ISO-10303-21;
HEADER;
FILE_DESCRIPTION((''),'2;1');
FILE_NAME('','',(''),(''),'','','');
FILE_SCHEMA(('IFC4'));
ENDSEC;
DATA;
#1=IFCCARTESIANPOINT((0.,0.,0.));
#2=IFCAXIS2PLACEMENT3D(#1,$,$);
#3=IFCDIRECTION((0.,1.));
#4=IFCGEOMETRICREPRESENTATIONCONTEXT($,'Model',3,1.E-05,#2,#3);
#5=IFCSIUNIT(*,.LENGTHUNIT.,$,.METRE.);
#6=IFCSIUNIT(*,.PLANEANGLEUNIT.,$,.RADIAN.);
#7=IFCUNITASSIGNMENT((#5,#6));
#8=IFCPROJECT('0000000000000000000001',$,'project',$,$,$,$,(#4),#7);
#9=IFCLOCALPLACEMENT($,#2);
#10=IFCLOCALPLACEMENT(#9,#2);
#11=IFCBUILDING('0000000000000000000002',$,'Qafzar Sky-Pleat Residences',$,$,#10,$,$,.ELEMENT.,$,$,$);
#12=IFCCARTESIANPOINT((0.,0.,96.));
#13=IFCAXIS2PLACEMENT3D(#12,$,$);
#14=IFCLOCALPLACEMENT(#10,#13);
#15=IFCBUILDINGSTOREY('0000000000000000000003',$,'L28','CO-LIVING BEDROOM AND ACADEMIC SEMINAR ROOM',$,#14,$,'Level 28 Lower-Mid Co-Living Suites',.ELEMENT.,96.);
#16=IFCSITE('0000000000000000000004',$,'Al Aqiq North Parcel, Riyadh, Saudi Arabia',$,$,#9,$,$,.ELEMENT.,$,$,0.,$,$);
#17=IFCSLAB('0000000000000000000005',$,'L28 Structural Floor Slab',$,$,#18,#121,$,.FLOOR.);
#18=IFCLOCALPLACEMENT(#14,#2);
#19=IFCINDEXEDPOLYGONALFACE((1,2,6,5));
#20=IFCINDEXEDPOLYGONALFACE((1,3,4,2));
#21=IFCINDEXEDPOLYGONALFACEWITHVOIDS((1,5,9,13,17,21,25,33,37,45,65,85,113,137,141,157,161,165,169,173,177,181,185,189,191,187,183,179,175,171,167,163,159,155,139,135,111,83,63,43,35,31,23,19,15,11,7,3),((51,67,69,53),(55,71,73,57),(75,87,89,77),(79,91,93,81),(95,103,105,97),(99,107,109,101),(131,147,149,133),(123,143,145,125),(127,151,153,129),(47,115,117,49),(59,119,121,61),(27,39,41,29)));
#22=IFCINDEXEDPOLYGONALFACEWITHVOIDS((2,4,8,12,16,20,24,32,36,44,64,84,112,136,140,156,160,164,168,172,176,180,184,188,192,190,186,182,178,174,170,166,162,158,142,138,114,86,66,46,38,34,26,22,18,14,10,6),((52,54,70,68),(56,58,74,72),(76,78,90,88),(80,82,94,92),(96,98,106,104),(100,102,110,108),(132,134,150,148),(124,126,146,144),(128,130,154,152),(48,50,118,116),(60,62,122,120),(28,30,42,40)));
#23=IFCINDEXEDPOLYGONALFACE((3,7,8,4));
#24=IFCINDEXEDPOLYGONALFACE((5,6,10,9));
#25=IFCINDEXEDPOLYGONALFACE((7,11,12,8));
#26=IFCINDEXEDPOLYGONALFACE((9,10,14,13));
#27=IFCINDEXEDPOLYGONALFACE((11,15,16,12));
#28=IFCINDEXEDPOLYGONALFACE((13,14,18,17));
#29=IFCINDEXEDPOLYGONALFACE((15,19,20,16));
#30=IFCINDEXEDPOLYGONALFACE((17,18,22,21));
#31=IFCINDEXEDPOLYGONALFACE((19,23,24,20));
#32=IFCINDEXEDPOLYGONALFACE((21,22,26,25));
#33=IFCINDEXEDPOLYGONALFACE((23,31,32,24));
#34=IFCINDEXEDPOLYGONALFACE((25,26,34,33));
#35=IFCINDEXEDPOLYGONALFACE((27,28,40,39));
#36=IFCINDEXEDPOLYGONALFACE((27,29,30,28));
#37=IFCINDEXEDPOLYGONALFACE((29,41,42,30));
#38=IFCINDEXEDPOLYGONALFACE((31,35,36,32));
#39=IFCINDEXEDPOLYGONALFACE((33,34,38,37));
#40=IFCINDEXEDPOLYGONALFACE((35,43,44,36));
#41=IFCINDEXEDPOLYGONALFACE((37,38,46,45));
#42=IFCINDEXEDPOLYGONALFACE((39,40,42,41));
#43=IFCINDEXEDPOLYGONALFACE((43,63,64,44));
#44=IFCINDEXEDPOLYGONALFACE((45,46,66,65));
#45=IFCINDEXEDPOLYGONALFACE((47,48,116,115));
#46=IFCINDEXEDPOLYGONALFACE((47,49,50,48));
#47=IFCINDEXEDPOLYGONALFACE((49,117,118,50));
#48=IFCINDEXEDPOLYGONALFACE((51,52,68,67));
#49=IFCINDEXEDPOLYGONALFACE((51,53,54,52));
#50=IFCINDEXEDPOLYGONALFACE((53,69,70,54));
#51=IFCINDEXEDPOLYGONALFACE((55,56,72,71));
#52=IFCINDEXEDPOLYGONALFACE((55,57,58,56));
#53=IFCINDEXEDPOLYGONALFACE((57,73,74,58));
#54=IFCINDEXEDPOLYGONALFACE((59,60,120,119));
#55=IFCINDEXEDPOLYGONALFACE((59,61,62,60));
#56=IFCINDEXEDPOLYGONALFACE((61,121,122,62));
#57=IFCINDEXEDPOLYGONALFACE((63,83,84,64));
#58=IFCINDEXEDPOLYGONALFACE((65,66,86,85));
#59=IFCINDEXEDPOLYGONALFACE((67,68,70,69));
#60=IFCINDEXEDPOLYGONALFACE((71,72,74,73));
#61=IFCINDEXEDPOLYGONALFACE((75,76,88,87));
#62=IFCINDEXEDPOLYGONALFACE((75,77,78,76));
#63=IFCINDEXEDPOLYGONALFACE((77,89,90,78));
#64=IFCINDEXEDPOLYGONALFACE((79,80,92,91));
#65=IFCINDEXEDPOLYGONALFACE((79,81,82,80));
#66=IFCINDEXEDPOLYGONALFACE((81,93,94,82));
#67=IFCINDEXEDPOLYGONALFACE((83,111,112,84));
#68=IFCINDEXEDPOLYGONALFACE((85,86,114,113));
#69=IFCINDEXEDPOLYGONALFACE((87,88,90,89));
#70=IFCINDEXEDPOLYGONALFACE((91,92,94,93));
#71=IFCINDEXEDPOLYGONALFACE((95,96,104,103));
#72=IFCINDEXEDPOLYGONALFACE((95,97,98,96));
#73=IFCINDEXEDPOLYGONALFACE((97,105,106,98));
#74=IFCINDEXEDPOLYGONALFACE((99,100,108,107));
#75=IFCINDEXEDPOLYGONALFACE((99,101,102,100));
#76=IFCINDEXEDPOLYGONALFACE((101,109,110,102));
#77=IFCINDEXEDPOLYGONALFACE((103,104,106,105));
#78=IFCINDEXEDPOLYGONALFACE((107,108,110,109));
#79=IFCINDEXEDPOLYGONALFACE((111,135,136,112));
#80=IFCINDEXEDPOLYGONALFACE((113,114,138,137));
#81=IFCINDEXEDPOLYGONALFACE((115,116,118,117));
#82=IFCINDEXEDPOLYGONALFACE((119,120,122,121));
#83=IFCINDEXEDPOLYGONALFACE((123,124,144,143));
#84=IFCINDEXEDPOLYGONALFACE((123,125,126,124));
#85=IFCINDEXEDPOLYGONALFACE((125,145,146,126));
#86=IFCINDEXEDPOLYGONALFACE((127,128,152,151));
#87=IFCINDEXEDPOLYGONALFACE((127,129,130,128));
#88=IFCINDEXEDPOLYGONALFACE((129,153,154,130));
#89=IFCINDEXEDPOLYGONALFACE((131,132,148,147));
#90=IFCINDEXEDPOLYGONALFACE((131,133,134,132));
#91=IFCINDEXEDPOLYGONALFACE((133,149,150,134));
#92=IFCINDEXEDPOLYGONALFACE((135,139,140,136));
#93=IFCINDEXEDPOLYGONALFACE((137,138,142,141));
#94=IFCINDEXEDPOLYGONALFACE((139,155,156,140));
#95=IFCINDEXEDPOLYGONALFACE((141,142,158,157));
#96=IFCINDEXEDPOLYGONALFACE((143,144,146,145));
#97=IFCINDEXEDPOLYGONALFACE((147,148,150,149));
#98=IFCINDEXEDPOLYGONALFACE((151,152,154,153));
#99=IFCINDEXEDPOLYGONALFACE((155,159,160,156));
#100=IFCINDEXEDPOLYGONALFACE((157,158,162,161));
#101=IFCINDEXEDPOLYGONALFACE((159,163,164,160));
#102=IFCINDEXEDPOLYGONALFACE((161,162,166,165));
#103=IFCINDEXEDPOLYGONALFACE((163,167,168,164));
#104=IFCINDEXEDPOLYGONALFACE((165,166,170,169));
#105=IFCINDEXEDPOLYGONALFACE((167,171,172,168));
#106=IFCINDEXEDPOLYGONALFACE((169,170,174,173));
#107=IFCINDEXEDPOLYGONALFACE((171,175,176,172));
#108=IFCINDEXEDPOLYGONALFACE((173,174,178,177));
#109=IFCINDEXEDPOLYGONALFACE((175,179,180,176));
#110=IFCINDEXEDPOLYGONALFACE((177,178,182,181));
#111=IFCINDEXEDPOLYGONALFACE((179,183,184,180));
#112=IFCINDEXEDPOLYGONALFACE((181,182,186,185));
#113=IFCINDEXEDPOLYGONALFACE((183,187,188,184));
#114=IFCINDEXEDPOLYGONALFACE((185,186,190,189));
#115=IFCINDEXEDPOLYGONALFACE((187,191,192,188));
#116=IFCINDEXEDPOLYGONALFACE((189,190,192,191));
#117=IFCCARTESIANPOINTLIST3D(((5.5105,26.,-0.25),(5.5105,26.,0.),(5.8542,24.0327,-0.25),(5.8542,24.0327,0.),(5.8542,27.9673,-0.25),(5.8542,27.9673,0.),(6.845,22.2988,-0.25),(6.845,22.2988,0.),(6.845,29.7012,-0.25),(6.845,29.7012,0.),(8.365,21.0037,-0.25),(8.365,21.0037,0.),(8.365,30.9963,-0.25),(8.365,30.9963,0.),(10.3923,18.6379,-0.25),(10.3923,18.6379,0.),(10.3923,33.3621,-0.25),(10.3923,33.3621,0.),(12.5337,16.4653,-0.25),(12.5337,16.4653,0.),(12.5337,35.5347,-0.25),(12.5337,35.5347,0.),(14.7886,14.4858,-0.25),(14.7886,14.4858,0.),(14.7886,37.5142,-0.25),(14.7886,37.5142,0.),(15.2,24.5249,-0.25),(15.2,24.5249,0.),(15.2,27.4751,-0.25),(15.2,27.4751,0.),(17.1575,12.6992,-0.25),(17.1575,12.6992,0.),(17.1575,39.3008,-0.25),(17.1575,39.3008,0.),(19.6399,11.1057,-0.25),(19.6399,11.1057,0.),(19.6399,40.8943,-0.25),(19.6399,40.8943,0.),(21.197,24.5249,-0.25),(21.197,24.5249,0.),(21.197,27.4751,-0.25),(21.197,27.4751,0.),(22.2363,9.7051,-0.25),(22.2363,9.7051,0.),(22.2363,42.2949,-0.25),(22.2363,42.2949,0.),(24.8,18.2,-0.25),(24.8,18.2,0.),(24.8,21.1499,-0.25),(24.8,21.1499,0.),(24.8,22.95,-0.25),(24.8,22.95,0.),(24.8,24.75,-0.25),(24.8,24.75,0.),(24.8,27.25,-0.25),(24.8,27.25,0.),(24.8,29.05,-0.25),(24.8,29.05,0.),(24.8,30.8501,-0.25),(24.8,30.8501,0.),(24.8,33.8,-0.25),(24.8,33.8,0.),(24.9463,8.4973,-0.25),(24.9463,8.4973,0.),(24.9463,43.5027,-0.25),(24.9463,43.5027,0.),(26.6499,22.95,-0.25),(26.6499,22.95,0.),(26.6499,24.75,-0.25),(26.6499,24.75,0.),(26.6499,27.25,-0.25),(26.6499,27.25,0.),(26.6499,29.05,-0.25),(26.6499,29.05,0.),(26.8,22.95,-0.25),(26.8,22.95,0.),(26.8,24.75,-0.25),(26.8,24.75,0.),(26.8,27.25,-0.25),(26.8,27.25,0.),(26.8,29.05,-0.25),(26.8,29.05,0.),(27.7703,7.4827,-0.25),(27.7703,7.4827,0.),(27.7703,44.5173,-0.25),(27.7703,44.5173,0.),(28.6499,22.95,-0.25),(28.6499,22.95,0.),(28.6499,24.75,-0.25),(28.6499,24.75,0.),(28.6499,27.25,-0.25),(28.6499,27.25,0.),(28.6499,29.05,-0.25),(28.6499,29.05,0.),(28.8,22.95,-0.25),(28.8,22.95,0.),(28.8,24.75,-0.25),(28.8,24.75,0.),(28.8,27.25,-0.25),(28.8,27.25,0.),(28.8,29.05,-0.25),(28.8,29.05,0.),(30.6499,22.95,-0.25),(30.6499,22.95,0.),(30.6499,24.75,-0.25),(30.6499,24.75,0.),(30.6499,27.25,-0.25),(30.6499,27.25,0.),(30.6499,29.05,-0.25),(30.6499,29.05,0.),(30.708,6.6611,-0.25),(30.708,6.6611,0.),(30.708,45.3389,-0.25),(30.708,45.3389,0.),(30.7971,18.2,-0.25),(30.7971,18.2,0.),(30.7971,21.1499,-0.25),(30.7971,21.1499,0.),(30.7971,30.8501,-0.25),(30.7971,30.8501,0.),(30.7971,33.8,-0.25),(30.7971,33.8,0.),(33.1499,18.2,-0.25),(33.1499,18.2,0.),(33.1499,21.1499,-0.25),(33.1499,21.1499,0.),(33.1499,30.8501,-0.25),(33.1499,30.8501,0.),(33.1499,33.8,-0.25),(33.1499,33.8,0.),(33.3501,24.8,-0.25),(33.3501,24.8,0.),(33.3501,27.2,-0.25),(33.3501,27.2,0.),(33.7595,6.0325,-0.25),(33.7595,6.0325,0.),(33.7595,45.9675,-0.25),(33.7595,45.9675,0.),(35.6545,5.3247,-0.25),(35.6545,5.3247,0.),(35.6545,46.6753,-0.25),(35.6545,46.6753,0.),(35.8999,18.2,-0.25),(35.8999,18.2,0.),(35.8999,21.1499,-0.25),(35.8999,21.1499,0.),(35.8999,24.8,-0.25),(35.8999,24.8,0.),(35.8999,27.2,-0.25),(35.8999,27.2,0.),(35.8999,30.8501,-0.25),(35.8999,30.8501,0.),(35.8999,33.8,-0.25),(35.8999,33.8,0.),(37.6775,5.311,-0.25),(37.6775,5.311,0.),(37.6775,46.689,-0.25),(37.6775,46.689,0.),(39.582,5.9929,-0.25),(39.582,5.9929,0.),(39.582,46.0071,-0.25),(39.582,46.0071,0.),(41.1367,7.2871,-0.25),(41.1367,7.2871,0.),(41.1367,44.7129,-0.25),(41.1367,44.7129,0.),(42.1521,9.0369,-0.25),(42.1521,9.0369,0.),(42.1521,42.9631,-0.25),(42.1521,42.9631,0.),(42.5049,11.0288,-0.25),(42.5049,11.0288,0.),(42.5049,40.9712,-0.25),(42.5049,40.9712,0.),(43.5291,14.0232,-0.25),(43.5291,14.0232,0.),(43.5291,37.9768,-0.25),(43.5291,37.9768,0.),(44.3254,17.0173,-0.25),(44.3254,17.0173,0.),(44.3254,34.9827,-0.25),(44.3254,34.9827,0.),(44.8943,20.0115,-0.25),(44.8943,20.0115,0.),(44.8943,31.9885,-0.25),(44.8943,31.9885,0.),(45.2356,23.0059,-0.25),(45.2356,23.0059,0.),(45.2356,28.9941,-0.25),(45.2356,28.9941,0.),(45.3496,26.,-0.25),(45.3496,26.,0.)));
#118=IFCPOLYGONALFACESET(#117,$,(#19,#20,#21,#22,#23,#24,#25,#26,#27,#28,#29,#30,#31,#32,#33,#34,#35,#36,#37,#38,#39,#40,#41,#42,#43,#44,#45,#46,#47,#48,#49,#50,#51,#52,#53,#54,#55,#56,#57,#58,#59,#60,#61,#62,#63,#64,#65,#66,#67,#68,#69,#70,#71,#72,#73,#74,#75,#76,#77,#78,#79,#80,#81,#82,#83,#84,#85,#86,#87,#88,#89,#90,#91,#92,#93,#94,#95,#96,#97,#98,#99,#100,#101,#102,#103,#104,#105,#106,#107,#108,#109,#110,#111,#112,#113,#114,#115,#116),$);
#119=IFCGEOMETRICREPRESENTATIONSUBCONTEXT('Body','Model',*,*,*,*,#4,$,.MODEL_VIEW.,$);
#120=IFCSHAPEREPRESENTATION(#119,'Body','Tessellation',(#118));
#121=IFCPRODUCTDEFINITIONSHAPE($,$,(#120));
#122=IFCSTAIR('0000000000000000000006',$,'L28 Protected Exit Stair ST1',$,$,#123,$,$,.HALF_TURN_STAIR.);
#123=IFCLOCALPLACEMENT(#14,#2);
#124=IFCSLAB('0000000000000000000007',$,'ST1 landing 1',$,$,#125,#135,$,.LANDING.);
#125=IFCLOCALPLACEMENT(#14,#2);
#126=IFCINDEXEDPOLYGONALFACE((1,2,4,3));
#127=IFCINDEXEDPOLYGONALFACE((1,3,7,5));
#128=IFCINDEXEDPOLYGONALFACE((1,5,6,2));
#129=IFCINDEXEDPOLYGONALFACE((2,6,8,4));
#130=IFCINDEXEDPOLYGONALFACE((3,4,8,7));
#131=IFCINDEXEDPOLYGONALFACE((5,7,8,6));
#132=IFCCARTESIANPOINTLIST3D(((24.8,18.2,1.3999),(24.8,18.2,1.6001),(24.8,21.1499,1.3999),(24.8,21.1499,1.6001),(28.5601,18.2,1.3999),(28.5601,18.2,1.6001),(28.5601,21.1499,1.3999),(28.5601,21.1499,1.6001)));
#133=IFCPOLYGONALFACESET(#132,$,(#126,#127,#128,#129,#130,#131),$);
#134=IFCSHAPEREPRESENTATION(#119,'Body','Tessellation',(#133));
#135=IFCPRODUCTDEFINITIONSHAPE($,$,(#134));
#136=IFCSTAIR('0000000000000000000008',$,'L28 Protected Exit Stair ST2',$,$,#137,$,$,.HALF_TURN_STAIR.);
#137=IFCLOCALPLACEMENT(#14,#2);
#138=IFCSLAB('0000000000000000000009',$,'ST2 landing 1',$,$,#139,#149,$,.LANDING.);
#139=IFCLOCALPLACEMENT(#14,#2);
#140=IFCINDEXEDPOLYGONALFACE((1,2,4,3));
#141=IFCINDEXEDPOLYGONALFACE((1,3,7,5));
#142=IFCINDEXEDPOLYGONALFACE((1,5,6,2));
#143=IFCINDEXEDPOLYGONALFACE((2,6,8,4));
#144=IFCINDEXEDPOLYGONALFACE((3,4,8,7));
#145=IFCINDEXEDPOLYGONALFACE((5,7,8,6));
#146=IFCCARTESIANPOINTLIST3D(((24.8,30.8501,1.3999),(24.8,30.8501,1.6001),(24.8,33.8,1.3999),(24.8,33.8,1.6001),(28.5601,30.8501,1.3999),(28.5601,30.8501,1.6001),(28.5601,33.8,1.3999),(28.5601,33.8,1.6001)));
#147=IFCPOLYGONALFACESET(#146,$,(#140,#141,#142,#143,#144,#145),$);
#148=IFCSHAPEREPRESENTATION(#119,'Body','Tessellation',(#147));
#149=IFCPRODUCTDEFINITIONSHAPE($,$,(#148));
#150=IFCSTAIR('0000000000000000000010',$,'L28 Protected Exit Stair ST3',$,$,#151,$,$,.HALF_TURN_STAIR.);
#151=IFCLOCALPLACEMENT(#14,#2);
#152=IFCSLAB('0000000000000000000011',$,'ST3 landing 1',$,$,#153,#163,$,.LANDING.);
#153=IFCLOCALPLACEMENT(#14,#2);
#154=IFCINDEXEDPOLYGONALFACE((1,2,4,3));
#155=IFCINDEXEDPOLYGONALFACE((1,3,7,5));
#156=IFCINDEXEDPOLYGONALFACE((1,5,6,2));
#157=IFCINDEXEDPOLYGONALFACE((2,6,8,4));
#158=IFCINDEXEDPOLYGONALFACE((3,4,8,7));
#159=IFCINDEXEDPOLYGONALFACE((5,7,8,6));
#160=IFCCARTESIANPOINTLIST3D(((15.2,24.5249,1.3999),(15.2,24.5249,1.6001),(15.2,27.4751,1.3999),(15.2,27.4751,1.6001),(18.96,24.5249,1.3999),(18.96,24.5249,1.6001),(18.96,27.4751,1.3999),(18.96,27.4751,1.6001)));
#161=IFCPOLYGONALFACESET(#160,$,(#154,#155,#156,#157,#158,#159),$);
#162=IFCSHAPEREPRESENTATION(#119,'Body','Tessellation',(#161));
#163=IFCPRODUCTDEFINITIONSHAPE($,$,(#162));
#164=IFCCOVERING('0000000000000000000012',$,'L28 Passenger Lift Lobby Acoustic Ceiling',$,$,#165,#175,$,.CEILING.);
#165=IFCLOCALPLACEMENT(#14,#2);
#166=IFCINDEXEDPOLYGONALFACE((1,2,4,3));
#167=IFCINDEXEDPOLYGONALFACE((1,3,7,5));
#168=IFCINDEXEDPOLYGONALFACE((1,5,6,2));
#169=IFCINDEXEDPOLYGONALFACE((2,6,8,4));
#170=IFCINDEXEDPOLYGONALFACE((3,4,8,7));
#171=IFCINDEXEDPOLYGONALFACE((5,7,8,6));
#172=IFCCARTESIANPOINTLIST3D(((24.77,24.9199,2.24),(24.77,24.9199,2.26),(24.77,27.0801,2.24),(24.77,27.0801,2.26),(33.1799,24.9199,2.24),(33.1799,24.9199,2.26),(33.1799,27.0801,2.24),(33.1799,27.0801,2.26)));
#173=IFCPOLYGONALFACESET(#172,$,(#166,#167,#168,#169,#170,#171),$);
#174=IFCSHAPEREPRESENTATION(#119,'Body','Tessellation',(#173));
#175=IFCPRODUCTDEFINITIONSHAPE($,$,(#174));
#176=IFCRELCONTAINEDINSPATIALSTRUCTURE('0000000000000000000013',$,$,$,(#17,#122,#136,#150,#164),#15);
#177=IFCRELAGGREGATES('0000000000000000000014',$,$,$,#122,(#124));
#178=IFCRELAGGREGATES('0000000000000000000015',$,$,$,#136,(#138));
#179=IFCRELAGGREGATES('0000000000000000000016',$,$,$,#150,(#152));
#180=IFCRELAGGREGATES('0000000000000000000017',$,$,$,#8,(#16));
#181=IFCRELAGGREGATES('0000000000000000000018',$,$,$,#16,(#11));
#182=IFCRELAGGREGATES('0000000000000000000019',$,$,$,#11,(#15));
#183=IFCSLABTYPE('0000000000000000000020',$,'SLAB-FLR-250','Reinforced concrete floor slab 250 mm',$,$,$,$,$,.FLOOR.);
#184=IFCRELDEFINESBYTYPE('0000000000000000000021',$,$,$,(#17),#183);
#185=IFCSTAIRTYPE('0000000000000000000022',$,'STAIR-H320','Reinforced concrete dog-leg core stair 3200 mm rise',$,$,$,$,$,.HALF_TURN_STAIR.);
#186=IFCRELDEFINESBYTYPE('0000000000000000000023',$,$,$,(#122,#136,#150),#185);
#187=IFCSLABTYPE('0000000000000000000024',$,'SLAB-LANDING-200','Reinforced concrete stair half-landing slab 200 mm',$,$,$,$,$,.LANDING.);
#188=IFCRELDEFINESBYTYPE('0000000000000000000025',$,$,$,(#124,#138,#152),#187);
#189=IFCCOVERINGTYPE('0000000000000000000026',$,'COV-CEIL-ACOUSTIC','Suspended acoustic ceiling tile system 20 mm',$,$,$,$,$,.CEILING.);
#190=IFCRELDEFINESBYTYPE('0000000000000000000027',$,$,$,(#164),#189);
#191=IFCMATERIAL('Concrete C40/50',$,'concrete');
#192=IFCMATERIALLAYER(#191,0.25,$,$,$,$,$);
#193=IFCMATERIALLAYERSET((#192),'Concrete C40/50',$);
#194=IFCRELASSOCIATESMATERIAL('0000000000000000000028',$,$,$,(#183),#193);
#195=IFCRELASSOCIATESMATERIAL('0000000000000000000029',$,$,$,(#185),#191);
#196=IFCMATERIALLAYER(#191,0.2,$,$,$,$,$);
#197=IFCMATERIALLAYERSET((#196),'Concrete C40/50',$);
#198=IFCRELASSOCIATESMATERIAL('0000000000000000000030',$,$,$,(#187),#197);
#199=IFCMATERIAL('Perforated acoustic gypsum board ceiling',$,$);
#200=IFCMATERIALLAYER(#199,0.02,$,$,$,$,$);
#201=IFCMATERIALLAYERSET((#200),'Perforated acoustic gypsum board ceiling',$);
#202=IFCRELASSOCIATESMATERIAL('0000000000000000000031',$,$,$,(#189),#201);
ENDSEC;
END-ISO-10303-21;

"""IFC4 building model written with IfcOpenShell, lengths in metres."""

from ifc_helpers import new_model, si_unit, direction, frame, origin, place, context, subcontext, project, spatial, polyline, outline, extrude, material, layer, layer_set, type_object, element, aggregate, save


model = new_model("IFC4")

# Units and contexts
model_context = context("Model", 3, precision=1e-05, world=origin(), true_north=direction((0.0, 1.0)))
body_context = subcontext(model_context, "Body", "Model", "MODEL_VIEW")
ifc_project = project(units=[si_unit("LENGTHUNIT", "METRE"), si_unit("PLANEANGLEUNIT", "RADIAN")], contexts=[model_context])

# Site, building, storey
site_placement = place(None, origin())
site = spatial("IfcSite", under=ifc_project, at=site_placement, Name="Al Aqiq North Parcel, Riyadh, Saudi Arabia", CompositionType="ELEMENT", RefElevation=0.0)
building_placement = place(site_placement, origin())
building = spatial("IfcBuilding", under=site, at=building_placement, Name="Qafzar Sky-Pleat Residences", CompositionType="ELEMENT")
storey_placement = place(building_placement, frame((0.0, 0.0, 96.0)))
storey = spatial("IfcBuildingStorey", under=building, at=storey_placement, Name="L28", Description="CO-LIVING BEDROOM AND ACADEMIC SEMINAR ROOM", LongName="Level 28 Lower-Mid Co-Living Suites", CompositionType="ELEMENT", Elevation=96.0)

# Slab
ifc_material_1 = material(Name="Concrete C40/50", Category="concrete")
ifc_layer_1 = layer(ifc_material_1, 0.25)
ifc_layer_set_1 = layer_set([ifc_layer_1], Name="Concrete C40/50")
slab_type_1 = type_object("IfcSlabType", Name="SLAB-FLR-250", Description="Reinforced concrete floor slab 250 mm", PredefinedType="FLOOR", material=ifc_layer_set_1)
slab_1_placement = place(storey_placement, frame((0.0, 0.0, -0.25)))
element("IfcSlab", 1, at=slab_1_placement, inside=storey, type_object=slab_type_1, Name="L28 Structural Floor Slab", PredefinedType="FLOOR", context=body_context, shape_type="SweptSolid", body=[
    extrude(outline(polyline([(8.365, 30.9963), (6.845, 29.7012), (5.8542, 27.9673), (5.5105, 26.0), (5.8542, 24.0327), (6.845, 22.2988), (8.365, 21.0037), (10.3923, 18.6379), (12.5337, 16.4653), (14.7886, 14.4858), (17.1575, 12.6992), (19.6399, 11.1057), (22.2363, 9.7051), (24.9463, 8.4973), (27.7703, 7.4827), (30.708, 6.6611), (33.7595, 6.0325), (35.6545, 5.3247), (37.6775, 5.311), (39.582, 5.9929), (41.1367, 7.2871), (42.1521, 9.0369), (42.5049, 11.0288), (43.5291, 14.0232), (44.3254, 17.0173), (44.8943, 20.0115), (45.2356, 23.0059), (45.3496, 26.0), (45.2356, 28.9941), (44.8943, 31.9885), (44.3254, 34.9827), (43.5291, 37.9768), (42.5049, 40.9712), (42.1521, 42.9631), (41.1367, 44.7129), (39.582, 46.0071), (37.6775, 46.689), (35.6545, 46.6753), (33.7595, 45.9675), (30.708, 45.3389), (27.7703, 44.5173), (24.9463, 43.5027), (22.2363, 42.2949), (19.6399, 40.8943), (17.1575, 39.3008), (14.7886, 37.5142), (12.5337, 35.5347), (10.3923, 33.3621), (8.365, 30.9963)]), holes=[polyline([(30.7971, 21.1499), (24.8, 21.1499), (24.8, 18.2), (30.7971, 18.2), (30.7971, 21.1499)]), polyline([(30.7971, 33.8), (24.8, 33.8), (24.8, 30.8501), (30.7971, 30.8501), (30.7971, 33.8)]), polyline([(21.197, 27.4751), (15.2, 27.4751), (15.2, 24.5249), (21.197, 24.5249), (21.197, 27.4751)]), polyline([(24.8, 22.95), (26.6499, 22.95), (26.6499, 24.75), (24.8, 24.75), (24.8, 22.95)]), polyline([(26.8, 22.95), (28.6499, 22.95), (28.6499, 24.75), (26.8, 24.75), (26.8, 22.95)]), polyline([(28.8, 22.95), (30.6499, 22.95), (30.6499, 24.75), (28.8, 24.75), (28.8, 22.95)]), polyline([(24.8, 27.25), (26.6499, 27.25), (26.6499, 29.05), (24.8, 29.05), (24.8, 27.25)]), polyline([(26.8, 27.25), (28.6499, 27.25), (28.6499, 29.05), (26.8, 29.05), (26.8, 27.25)]), polyline([(28.8, 27.25), (30.6499, 27.25), (30.6499, 29.05), (28.8, 29.05), (28.8, 27.25)]), polyline([(33.1499, 18.2), (35.8999, 18.2), (35.8999, 21.1499), (33.1499, 21.1499), (33.1499, 18.2)]), polyline([(33.1499, 30.8501), (35.8999, 30.8501), (35.8999, 33.8), (33.1499, 33.8), (33.1499, 30.8501)]), polyline([(33.3501, 24.8), (35.8999, 24.8), (35.8999, 27.2), (33.3501, 27.2), (33.3501, 24.8)])]), origin(), (0.0, 0.0, 1.0), 0.25),
])

# Stairs, slabs
stair_type = type_object("IfcStairType", Name="STAIR-H320", Description="Reinforced concrete dog-leg core stair 3200 mm rise", PredefinedType="HALF_TURN_STAIR", material=ifc_material_1)
stair_1_placement = place(storey_placement, origin())
stair_1 = element("IfcStair", 2, at=stair_1_placement, inside=storey, type_object=stair_type, Name="L28 Protected Exit Stair ST1", PredefinedType="HALF_TURN_STAIR")
ifc_layer_2 = layer(ifc_material_1, 0.2)
ifc_layer_set_2 = layer_set([ifc_layer_2], Name="Concrete C40/50")
slab_type_2 = type_object("IfcSlabType", Name="SLAB-LANDING-200", Description="Reinforced concrete stair half-landing slab 200 mm", PredefinedType="LANDING", material=ifc_layer_set_2)
slab_2_placement = place(storey_placement, frame((0.0, 0.0, 1.3999)))
slab_2 = element("IfcSlab", 3, at=slab_2_placement, type_object=slab_type_2, Name="ST1 landing 1", PredefinedType="LANDING", context=body_context, shape_type="SweptSolid", body=[
    extrude(outline(polyline([(28.5601, 21.1499), (24.8, 21.1499), (24.8, 18.2), (28.5601, 18.2), (28.5601, 21.1499)])), origin(), (0.0, 0.0, 1.0), 0.2002),
])
aggregate(stair_1, [slab_2])
stair_2_placement = place(storey_placement, origin())
stair_2 = element("IfcStair", 4, at=stair_2_placement, inside=storey, type_object=stair_type, Name="L28 Protected Exit Stair ST2", PredefinedType="HALF_TURN_STAIR")
slab_3_placement = place(storey_placement, frame((0.0, 0.0, 1.3999)))
slab_3 = element("IfcSlab", 5, at=slab_3_placement, type_object=slab_type_2, Name="ST2 landing 1", PredefinedType="LANDING", context=body_context, shape_type="SweptSolid", body=[
    extrude(outline(polyline([(28.5601, 33.8), (24.8, 33.8), (24.8, 30.8501), (28.5601, 30.8501), (28.5601, 33.8)])), origin(), (0.0, 0.0, 1.0), 0.2002),
])
aggregate(stair_2, [slab_3])
stair_3_placement = place(storey_placement, origin())
stair_3 = element("IfcStair", 6, at=stair_3_placement, inside=storey, type_object=stair_type, Name="L28 Protected Exit Stair ST3", PredefinedType="HALF_TURN_STAIR")
slab_4_placement = place(storey_placement, frame((0.0, 0.0, 1.3999)))
slab_4 = element("IfcSlab", 7, at=slab_4_placement, type_object=slab_type_2, Name="ST3 landing 1", PredefinedType="LANDING", context=body_context, shape_type="SweptSolid", body=[
    extrude(outline(polyline([(18.96, 27.4751), (15.2, 27.4751), (15.2, 24.5249), (18.96, 24.5249), (18.96, 27.4751)])), origin(), (0.0, 0.0, 1.0), 0.2002),
])
aggregate(stair_3, [slab_4])

# Covering
ifc_material_2 = material(Name="Perforated acoustic gypsum board ceiling")
ifc_layer_3 = layer(ifc_material_2, 0.02)
ifc_layer_set_3 = layer_set([ifc_layer_3], Name="Perforated acoustic gypsum board ceiling")
covering_type_1 = type_object("IfcCoveringType", Name="COV-CEIL-ACOUSTIC", Description="Suspended acoustic ceiling tile system 20 mm", PredefinedType="CEILING", material=ifc_layer_set_3)
covering_1_placement = place(storey_placement, frame((0.0, 0.0, 2.24)))
element("IfcCovering", 8, at=covering_1_placement, inside=storey, type_object=covering_type_1, Name="L28 Passenger Lift Lobby Acoustic Ceiling", PredefinedType="CEILING", context=body_context, shape_type="SweptSolid", body=[
    extrude(outline(polyline([(33.1799, 24.9199), (24.77, 24.9199), (24.77, 27.0801), (33.1799, 27.0801), (33.1799, 24.9199)])), origin(), (0.0, 0.0, 1.0), 0.02),
])

save(model, "model.ifc")
